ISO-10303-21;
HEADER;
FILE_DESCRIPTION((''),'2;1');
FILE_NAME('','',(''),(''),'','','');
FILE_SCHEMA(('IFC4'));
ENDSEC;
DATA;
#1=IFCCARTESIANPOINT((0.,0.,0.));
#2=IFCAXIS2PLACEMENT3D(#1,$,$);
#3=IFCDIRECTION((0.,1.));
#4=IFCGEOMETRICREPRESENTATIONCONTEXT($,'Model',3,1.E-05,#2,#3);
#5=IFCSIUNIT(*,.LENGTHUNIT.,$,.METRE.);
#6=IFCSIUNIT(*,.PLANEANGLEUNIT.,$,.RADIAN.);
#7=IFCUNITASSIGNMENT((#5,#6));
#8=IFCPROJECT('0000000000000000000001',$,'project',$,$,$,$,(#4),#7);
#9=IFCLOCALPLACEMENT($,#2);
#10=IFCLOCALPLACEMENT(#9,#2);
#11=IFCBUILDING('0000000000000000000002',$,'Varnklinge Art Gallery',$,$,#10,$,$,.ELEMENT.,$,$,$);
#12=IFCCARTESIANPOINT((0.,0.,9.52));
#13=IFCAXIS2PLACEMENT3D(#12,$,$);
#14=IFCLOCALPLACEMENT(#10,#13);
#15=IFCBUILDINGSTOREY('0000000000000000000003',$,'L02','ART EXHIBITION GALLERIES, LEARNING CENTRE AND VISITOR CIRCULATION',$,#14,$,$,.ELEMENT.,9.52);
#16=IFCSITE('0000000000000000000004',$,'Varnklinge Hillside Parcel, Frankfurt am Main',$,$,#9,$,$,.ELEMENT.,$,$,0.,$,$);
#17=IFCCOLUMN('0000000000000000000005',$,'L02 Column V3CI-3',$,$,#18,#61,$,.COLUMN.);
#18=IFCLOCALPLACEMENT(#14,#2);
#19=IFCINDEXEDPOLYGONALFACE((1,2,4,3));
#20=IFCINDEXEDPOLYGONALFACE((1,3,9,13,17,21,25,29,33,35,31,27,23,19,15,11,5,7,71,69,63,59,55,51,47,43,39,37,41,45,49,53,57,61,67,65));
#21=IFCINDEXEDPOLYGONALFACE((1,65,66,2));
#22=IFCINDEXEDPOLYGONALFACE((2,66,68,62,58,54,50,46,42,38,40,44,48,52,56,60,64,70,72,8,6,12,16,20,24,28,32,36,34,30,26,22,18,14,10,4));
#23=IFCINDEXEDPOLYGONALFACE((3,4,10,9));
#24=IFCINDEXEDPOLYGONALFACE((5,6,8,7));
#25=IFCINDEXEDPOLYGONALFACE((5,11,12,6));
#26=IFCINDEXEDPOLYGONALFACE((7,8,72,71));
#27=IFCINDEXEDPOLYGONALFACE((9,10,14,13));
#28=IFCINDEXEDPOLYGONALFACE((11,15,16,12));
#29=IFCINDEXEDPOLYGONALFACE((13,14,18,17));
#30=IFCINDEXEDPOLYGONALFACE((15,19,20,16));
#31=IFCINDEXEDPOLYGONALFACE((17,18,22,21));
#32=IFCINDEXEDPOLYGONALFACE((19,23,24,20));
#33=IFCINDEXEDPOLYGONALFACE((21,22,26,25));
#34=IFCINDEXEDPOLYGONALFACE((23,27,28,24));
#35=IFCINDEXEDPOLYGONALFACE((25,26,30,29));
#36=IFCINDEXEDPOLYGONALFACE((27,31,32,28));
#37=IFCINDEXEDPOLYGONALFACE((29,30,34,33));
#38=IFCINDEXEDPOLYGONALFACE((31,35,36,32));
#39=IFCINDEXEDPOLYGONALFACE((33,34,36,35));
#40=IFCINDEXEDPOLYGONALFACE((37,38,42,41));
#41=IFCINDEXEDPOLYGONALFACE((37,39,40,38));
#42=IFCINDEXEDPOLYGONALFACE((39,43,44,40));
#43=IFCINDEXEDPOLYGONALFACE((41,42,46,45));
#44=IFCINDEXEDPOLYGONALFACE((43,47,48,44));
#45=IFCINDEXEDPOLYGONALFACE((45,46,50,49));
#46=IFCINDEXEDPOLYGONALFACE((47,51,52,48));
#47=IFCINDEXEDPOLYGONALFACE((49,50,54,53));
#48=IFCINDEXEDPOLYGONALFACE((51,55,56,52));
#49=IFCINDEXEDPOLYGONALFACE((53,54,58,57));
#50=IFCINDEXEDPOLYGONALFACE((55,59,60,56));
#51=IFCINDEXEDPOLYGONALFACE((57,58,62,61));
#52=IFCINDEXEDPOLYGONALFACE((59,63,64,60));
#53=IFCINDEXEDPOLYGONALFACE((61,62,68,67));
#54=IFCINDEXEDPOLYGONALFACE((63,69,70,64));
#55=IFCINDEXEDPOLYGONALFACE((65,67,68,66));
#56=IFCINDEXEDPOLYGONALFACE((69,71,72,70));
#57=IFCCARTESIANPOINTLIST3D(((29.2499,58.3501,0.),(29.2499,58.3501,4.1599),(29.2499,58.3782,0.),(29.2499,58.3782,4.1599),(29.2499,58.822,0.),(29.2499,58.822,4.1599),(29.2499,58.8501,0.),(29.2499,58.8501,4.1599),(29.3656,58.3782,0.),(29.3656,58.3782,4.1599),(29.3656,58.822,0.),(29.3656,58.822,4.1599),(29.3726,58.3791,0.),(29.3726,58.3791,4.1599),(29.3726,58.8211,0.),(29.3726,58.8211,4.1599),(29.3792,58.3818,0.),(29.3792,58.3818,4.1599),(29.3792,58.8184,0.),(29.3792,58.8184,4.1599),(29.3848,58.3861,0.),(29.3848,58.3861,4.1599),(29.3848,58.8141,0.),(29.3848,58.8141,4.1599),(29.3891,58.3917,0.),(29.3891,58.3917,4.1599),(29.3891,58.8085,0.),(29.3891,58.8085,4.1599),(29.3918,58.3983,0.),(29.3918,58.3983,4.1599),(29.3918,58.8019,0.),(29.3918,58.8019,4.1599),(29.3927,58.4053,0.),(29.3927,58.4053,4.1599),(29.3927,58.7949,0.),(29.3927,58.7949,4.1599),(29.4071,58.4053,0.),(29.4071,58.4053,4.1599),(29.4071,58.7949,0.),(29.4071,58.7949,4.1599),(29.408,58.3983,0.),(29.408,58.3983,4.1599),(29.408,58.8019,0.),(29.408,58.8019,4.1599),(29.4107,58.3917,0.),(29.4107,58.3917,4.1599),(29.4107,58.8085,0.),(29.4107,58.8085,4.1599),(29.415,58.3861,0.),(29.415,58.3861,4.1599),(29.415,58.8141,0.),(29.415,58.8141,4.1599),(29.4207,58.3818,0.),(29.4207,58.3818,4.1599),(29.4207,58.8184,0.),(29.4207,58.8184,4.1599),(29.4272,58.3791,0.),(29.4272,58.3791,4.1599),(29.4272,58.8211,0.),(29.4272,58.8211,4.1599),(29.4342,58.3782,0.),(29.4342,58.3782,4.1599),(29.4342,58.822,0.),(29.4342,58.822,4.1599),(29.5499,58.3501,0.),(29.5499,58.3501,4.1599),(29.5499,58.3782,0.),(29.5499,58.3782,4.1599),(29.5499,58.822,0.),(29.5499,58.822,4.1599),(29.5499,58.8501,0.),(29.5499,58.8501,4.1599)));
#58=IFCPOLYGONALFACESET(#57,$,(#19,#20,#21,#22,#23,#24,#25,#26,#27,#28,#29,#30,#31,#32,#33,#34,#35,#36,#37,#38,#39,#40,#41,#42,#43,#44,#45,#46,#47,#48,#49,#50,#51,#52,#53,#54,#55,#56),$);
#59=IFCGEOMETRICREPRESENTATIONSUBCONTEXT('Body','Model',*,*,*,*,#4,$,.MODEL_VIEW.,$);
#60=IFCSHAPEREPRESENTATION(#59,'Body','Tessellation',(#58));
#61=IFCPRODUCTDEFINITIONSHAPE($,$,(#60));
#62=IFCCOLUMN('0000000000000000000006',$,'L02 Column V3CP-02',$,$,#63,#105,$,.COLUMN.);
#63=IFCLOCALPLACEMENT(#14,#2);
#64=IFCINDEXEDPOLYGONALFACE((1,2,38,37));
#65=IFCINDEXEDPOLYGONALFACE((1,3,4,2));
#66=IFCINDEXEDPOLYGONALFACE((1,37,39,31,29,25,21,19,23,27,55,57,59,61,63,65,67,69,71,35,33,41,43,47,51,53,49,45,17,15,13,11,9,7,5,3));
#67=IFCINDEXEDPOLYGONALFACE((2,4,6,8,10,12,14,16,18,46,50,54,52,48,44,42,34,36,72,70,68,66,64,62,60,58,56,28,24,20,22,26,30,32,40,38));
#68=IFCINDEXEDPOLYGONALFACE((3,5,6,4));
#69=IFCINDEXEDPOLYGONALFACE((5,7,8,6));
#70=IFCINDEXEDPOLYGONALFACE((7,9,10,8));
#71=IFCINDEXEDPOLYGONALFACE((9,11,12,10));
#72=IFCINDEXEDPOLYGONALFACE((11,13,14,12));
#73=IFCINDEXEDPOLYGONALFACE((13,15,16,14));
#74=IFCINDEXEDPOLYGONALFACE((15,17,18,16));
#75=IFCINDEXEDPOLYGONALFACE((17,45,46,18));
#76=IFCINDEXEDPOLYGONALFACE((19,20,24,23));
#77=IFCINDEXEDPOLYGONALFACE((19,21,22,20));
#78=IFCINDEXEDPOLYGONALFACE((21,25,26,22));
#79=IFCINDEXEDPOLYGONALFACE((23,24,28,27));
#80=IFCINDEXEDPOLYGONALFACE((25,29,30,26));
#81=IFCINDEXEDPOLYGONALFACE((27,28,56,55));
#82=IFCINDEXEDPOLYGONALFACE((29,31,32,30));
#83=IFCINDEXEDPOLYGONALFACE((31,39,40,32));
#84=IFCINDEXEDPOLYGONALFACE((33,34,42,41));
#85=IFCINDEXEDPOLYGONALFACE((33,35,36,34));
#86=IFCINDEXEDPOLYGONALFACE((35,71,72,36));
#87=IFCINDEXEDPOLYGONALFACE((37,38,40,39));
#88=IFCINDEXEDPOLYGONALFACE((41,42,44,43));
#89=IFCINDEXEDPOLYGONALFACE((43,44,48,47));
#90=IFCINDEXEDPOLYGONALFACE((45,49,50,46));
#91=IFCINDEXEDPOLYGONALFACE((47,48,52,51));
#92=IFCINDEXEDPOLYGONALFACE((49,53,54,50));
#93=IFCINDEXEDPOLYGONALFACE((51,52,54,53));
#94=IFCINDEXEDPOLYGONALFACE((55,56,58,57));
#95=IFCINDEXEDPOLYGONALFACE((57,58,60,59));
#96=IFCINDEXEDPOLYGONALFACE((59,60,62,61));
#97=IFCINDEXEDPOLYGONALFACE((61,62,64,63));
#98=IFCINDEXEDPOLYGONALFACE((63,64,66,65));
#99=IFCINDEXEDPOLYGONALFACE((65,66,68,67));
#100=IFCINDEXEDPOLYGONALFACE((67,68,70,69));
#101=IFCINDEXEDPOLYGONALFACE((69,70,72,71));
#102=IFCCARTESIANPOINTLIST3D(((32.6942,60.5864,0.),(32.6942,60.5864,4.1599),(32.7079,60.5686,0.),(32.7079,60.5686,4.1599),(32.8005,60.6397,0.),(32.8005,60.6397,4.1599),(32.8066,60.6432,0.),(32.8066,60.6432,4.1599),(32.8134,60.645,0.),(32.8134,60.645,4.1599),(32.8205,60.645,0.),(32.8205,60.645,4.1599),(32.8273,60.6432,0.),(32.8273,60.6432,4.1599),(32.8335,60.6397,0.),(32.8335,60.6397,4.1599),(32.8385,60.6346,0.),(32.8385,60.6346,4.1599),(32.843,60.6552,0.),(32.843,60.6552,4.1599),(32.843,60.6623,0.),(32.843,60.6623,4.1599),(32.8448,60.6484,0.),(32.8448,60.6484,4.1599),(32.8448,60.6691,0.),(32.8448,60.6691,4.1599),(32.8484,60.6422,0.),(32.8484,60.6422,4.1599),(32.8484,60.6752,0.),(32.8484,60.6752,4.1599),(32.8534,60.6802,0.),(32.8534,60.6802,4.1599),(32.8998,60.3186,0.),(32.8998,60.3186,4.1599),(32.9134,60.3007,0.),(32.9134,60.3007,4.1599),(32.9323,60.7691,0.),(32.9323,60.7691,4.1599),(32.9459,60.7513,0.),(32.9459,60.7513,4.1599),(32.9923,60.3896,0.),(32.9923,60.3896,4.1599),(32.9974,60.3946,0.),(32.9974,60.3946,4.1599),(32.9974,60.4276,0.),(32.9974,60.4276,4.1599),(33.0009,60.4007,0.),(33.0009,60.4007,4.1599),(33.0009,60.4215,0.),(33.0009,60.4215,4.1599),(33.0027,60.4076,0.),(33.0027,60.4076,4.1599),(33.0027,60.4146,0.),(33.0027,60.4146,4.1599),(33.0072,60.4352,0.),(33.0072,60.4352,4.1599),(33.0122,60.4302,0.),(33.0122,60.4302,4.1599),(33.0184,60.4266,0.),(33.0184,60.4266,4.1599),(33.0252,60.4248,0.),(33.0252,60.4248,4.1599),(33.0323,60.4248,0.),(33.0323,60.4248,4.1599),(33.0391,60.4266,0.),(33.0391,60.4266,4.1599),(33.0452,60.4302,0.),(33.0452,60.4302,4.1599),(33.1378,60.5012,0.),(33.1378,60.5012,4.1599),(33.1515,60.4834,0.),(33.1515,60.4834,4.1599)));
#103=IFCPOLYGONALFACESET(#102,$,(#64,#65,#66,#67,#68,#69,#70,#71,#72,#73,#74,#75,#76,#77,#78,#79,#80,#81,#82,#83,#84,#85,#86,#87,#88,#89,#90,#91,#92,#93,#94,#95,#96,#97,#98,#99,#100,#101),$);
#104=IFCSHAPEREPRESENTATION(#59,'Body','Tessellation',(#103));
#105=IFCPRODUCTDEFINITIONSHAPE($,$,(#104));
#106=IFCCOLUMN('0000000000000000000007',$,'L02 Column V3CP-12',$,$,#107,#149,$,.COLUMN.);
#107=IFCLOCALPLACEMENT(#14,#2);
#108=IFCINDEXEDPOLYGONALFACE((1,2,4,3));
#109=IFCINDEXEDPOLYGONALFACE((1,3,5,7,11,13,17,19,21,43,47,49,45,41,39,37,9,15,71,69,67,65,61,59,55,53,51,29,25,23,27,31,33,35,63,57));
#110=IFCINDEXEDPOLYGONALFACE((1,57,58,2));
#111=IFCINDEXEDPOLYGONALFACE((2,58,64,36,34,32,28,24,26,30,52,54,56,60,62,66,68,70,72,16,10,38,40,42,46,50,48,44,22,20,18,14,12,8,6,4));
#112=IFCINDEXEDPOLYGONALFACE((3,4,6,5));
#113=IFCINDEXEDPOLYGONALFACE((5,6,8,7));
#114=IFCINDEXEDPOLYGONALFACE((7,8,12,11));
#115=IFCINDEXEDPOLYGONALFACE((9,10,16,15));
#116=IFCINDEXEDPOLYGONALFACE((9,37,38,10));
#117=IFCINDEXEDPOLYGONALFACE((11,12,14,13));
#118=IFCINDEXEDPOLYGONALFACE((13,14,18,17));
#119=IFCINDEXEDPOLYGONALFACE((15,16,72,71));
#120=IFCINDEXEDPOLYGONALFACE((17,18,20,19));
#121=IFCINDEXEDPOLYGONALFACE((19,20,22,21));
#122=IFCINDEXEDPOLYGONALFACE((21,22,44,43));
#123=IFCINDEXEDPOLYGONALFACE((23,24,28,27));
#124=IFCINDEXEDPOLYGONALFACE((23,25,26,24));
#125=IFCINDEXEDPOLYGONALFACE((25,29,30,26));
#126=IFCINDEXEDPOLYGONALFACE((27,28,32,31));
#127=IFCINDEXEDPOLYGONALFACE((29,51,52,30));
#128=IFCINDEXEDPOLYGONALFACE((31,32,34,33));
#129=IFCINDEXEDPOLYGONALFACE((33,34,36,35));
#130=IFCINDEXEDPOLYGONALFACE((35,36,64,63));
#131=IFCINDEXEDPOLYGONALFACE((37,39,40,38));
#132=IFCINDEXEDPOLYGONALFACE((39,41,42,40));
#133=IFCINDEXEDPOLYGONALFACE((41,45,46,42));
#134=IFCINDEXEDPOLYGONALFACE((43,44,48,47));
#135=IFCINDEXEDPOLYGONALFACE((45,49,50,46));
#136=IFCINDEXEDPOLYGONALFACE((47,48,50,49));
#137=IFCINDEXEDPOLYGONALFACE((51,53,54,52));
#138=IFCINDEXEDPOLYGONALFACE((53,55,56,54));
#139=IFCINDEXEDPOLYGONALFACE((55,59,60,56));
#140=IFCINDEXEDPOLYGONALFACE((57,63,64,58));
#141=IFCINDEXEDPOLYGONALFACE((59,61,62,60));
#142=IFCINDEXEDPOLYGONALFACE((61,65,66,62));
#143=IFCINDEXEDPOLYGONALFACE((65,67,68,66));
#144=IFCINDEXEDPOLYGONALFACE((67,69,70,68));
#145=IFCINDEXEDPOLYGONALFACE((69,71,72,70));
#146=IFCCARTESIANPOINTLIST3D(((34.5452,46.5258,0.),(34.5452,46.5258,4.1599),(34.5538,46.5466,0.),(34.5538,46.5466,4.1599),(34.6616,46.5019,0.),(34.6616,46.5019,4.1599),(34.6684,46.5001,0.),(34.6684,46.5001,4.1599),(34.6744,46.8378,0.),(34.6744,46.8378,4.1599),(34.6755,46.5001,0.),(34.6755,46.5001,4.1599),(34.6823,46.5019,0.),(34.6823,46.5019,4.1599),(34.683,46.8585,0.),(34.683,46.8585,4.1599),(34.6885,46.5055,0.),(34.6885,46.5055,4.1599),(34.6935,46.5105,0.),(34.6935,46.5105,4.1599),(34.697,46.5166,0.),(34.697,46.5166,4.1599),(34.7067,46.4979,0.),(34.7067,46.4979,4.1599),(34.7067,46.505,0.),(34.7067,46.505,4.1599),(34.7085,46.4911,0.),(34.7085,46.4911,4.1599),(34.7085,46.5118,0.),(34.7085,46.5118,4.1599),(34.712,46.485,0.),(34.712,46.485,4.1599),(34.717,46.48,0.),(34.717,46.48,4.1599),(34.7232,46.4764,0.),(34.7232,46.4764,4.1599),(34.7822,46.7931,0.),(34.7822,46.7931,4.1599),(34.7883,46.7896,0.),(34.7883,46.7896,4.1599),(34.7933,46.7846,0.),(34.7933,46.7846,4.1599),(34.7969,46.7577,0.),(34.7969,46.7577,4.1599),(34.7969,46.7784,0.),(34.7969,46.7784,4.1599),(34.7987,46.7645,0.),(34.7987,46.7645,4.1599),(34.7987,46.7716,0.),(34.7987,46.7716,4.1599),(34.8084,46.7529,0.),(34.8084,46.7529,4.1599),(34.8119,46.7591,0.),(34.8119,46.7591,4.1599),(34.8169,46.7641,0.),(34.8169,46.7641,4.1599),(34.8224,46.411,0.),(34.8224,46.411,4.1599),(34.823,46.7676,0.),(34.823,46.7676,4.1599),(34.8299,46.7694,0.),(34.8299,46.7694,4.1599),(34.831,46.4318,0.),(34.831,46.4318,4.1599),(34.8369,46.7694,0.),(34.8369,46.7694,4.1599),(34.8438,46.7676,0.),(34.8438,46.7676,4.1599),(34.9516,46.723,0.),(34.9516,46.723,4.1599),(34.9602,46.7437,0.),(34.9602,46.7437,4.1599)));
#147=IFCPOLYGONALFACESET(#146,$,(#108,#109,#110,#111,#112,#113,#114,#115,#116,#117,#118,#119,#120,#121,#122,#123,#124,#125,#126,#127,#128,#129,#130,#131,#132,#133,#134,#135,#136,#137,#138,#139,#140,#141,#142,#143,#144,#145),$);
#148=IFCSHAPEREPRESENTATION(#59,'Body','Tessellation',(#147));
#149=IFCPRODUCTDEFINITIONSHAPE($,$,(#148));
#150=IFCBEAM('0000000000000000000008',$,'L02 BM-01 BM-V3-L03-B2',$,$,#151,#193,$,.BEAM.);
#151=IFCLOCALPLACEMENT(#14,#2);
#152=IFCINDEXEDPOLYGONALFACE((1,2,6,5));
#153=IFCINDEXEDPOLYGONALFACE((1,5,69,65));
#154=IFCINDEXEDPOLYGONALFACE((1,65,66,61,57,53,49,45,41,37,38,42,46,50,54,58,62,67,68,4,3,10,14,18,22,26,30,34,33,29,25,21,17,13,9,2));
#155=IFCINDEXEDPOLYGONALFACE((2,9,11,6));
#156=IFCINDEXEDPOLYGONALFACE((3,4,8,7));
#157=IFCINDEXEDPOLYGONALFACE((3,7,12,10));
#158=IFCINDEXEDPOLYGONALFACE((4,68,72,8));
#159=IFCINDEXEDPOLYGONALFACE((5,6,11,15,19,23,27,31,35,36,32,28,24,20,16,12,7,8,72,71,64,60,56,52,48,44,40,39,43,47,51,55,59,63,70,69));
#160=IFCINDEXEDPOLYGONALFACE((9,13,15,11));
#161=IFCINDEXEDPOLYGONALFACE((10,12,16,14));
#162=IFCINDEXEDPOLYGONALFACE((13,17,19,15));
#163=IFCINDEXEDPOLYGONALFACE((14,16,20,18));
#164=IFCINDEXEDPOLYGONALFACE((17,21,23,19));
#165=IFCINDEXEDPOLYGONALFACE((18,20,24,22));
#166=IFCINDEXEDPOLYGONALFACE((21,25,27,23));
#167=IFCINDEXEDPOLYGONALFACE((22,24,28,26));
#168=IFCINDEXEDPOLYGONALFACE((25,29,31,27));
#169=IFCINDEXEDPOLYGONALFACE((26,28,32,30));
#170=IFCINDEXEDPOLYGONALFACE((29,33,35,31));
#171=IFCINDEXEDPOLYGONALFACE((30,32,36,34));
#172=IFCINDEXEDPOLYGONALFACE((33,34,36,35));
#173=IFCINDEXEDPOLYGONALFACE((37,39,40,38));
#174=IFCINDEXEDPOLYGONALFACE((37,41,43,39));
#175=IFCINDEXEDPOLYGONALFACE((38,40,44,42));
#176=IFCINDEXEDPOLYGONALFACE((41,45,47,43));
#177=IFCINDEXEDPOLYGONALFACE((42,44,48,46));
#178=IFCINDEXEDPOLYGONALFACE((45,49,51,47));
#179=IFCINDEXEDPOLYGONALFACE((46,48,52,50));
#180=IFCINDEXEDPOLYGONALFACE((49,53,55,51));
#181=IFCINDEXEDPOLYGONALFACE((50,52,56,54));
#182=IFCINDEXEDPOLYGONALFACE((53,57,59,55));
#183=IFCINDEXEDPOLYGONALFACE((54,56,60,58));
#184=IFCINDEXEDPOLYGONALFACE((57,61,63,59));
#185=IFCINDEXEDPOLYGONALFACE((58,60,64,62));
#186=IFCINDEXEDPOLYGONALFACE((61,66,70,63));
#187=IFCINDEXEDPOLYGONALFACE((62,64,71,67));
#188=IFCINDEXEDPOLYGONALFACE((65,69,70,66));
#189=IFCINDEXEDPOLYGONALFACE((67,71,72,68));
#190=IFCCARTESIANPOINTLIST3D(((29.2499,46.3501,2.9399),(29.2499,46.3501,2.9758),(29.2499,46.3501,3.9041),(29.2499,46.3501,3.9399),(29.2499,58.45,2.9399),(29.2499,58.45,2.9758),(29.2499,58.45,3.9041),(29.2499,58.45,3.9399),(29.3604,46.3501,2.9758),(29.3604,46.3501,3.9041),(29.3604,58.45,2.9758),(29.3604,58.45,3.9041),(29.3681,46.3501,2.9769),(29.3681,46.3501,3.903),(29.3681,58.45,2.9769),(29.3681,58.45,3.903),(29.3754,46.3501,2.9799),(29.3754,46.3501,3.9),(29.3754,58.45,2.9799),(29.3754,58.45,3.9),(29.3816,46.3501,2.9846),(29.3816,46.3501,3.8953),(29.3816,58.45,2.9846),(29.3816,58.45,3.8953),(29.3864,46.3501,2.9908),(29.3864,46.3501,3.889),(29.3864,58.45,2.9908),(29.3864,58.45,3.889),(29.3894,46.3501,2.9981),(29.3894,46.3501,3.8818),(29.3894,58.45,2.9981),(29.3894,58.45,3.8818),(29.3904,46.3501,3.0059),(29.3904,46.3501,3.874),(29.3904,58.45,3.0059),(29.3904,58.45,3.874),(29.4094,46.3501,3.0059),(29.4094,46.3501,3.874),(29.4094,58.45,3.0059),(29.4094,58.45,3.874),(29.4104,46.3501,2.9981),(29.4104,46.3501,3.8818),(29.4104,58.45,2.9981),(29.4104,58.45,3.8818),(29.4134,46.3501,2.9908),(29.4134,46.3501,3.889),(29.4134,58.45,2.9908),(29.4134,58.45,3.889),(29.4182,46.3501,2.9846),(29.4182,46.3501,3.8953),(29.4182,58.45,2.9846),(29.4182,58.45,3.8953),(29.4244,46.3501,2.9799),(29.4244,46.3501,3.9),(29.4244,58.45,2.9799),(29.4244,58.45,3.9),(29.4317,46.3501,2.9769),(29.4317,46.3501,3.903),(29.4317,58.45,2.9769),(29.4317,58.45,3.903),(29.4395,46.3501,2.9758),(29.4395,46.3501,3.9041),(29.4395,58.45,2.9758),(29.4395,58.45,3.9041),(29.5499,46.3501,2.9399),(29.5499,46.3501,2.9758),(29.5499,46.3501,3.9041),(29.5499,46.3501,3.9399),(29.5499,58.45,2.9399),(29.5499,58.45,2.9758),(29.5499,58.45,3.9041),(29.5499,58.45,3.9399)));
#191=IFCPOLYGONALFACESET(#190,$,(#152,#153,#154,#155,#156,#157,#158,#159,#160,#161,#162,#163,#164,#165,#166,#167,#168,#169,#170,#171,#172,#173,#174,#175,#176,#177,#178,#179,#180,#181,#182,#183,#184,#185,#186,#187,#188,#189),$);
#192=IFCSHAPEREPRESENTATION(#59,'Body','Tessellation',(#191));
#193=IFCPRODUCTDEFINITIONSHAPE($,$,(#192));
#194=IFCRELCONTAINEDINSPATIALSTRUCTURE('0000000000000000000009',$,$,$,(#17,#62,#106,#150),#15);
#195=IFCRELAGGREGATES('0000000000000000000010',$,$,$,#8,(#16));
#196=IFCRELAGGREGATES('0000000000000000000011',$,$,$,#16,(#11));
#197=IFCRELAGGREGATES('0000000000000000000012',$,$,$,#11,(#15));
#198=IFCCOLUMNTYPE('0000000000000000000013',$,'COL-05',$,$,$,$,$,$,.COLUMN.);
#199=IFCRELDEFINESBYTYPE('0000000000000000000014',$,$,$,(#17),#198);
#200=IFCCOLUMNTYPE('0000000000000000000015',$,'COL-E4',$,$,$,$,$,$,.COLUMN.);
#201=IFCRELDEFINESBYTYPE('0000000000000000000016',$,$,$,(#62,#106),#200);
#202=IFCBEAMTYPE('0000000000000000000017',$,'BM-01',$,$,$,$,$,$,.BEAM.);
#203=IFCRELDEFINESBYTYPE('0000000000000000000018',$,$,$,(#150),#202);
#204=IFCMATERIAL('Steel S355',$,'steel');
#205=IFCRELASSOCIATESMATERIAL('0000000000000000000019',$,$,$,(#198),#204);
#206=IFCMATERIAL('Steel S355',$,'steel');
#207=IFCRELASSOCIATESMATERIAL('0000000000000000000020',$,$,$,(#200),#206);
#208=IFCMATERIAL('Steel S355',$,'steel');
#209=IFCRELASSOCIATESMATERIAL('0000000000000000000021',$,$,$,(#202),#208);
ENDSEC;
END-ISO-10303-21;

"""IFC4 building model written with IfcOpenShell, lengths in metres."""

from ifc_helpers import new_model, si_unit, direction, frame, origin, origin_2d, place, context, subcontext, project, spatial, i_section, extrude, material, material_profile, profile_set, type_object, element, save


model = new_model("IFC4")

# Units and contexts
model_context = context("Model", 3, precision=1e-05, world=origin(), true_north=direction((0.0, 1.0)))
body_context = subcontext(model_context, "Body", "Model", "MODEL_VIEW")
ifc_project = project(units=[si_unit("LENGTHUNIT", "METRE"), si_unit("PLANEANGLEUNIT", "RADIAN")], contexts=[model_context])

# Site, building, storey
site_placement = place(None, origin())
site = spatial("IfcSite", under=ifc_project, at=site_placement, Name="Varnklinge Hillside Parcel, Frankfurt am Main", CompositionType="ELEMENT", RefElevation=0.0)
building_placement = place(site_placement, origin())
building = spatial("IfcBuilding", under=site, at=building_placement, Name="Varnklinge Art Gallery", CompositionType="ELEMENT")
storey_placement = place(building_placement, frame((0.0, 0.0, 9.52)))
storey = spatial("IfcBuildingStorey", under=building, at=storey_placement, Name="L02", Description="ART EXHIBITION GALLERIES, LEARNING CENTRE AND VISITOR CIRCULATION", CompositionType="ELEMENT", Elevation=9.52)

# Columns
ifc_material_1 = material(Name="Steel S355", Category="steel")
ifc_material_profile_1 = material_profile(ifc_material_1, i_section(OverallWidth=0.3, OverallDepth=0.5, WebThickness=0.0144, FlangeThickness=0.0281, FilletRadius=0.0271, at=origin_2d()), Name="HEB 500")
ifc_profile_set_1 = profile_set([ifc_material_profile_1], Name="Steel S355")
column_type_1 = type_object("IfcColumnType", Name="COL-05", PredefinedType="COLUMN", material=ifc_profile_set_1)
column_placement = place(storey_placement, frame((29.3999, 58.6001, 0.0), z_axis=(0.0, 0.0, 1.0), x_axis=(1.0, 0.0, 0.0)))
element("IfcColumn", 1, at=column_placement, inside=storey, type_object=column_type_1, Name="L02 Column V3CI-3", PredefinedType="COLUMN", context=body_context, shape_type="SweptSolid", body=[
    extrude(i_section(OverallWidth=0.3, OverallDepth=0.5, WebThickness=0.0144, FlangeThickness=0.0281, FilletRadius=0.0271, at=origin_2d()), origin(), (0.0, 0.0, 1.0), 4.1599),
])
ifc_material_2 = material(Name="Steel S355", Category="steel")
ifc_material_profile_2 = material_profile(ifc_material_2, i_section(OverallWidth=0.3, OverallDepth=0.3601, WebThickness=0.0125, FlangeThickness=0.0225, FilletRadius=0.0271, at=origin_2d()), Name="HEB 360")
ifc_profile_set_2 = profile_set([ifc_material_profile_2], Name="Steel S355")
column_type_2 = type_object("IfcColumnType", Name="COL-E4", PredefinedType="COLUMN", material=ifc_profile_set_2)
for number, where, z_axis, x_axis, name in (
    (2, (32.9229, 60.5349, 0.0), (0.0, 0.0, 1.0), (0.793353, 0.608761, 0.0), "L02 Column V3CP-02"),
    (3, (34.7527, 46.6348, 0.0), (0.0, 0.0, 1.0), (0.92388, -0.382683, 0.0), "L02 Column V3CP-12"),
):
    element("IfcColumn", number, at=place(storey_placement, frame(where, z_axis=z_axis, x_axis=x_axis)), inside=storey, type_object=column_type_2, Name=name, PredefinedType="COLUMN", context=body_context, shape_type="SweptSolid", body=[
        extrude(i_section(OverallWidth=0.3, OverallDepth=0.3601, WebThickness=0.0125, FlangeThickness=0.0225, FilletRadius=0.0271, at=origin_2d()), origin(), (0.0, 0.0, 1.0), 4.1599),
    ])

# Beam
ifc_material_3 = material(Name="Steel S355", Category="steel")
ifc_material_profile_3 = material_profile(ifc_material_3, i_section(OverallWidth=0.3, OverallDepth=1.0, WebThickness=0.019, FlangeThickness=0.0359, FilletRadius=0.03, at=origin_2d()), Name="HEB 1000")
ifc_profile_set_3 = profile_set([ifc_material_profile_3], Name="Steel S355")
beam_type_1 = type_object("IfcBeamType", Name="BM-01", PredefinedType="BEAM", material=ifc_profile_set_3)
beam_1_placement = place(storey_placement, frame((29.3999, 46.3501, 3.4399), z_axis=(0.0, 1.0, 0.0), x_axis=(-1.0, 0.0, 0.0)))
element("IfcBeam", 4, at=beam_1_placement, inside=storey, type_object=beam_type_1, Name="L02 BM-01 BM-V3-L03-B2", PredefinedType="BEAM", context=body_context, shape_type="SweptSolid", body=[
    extrude(i_section(OverallWidth=0.3, OverallDepth=1.0, WebThickness=0.019, FlangeThickness=0.0359, FilletRadius=0.03, at=origin_2d()), origin(), (0.0, 0.0, 1.0), 12.0999),
])

save(model, "model.ifc")
